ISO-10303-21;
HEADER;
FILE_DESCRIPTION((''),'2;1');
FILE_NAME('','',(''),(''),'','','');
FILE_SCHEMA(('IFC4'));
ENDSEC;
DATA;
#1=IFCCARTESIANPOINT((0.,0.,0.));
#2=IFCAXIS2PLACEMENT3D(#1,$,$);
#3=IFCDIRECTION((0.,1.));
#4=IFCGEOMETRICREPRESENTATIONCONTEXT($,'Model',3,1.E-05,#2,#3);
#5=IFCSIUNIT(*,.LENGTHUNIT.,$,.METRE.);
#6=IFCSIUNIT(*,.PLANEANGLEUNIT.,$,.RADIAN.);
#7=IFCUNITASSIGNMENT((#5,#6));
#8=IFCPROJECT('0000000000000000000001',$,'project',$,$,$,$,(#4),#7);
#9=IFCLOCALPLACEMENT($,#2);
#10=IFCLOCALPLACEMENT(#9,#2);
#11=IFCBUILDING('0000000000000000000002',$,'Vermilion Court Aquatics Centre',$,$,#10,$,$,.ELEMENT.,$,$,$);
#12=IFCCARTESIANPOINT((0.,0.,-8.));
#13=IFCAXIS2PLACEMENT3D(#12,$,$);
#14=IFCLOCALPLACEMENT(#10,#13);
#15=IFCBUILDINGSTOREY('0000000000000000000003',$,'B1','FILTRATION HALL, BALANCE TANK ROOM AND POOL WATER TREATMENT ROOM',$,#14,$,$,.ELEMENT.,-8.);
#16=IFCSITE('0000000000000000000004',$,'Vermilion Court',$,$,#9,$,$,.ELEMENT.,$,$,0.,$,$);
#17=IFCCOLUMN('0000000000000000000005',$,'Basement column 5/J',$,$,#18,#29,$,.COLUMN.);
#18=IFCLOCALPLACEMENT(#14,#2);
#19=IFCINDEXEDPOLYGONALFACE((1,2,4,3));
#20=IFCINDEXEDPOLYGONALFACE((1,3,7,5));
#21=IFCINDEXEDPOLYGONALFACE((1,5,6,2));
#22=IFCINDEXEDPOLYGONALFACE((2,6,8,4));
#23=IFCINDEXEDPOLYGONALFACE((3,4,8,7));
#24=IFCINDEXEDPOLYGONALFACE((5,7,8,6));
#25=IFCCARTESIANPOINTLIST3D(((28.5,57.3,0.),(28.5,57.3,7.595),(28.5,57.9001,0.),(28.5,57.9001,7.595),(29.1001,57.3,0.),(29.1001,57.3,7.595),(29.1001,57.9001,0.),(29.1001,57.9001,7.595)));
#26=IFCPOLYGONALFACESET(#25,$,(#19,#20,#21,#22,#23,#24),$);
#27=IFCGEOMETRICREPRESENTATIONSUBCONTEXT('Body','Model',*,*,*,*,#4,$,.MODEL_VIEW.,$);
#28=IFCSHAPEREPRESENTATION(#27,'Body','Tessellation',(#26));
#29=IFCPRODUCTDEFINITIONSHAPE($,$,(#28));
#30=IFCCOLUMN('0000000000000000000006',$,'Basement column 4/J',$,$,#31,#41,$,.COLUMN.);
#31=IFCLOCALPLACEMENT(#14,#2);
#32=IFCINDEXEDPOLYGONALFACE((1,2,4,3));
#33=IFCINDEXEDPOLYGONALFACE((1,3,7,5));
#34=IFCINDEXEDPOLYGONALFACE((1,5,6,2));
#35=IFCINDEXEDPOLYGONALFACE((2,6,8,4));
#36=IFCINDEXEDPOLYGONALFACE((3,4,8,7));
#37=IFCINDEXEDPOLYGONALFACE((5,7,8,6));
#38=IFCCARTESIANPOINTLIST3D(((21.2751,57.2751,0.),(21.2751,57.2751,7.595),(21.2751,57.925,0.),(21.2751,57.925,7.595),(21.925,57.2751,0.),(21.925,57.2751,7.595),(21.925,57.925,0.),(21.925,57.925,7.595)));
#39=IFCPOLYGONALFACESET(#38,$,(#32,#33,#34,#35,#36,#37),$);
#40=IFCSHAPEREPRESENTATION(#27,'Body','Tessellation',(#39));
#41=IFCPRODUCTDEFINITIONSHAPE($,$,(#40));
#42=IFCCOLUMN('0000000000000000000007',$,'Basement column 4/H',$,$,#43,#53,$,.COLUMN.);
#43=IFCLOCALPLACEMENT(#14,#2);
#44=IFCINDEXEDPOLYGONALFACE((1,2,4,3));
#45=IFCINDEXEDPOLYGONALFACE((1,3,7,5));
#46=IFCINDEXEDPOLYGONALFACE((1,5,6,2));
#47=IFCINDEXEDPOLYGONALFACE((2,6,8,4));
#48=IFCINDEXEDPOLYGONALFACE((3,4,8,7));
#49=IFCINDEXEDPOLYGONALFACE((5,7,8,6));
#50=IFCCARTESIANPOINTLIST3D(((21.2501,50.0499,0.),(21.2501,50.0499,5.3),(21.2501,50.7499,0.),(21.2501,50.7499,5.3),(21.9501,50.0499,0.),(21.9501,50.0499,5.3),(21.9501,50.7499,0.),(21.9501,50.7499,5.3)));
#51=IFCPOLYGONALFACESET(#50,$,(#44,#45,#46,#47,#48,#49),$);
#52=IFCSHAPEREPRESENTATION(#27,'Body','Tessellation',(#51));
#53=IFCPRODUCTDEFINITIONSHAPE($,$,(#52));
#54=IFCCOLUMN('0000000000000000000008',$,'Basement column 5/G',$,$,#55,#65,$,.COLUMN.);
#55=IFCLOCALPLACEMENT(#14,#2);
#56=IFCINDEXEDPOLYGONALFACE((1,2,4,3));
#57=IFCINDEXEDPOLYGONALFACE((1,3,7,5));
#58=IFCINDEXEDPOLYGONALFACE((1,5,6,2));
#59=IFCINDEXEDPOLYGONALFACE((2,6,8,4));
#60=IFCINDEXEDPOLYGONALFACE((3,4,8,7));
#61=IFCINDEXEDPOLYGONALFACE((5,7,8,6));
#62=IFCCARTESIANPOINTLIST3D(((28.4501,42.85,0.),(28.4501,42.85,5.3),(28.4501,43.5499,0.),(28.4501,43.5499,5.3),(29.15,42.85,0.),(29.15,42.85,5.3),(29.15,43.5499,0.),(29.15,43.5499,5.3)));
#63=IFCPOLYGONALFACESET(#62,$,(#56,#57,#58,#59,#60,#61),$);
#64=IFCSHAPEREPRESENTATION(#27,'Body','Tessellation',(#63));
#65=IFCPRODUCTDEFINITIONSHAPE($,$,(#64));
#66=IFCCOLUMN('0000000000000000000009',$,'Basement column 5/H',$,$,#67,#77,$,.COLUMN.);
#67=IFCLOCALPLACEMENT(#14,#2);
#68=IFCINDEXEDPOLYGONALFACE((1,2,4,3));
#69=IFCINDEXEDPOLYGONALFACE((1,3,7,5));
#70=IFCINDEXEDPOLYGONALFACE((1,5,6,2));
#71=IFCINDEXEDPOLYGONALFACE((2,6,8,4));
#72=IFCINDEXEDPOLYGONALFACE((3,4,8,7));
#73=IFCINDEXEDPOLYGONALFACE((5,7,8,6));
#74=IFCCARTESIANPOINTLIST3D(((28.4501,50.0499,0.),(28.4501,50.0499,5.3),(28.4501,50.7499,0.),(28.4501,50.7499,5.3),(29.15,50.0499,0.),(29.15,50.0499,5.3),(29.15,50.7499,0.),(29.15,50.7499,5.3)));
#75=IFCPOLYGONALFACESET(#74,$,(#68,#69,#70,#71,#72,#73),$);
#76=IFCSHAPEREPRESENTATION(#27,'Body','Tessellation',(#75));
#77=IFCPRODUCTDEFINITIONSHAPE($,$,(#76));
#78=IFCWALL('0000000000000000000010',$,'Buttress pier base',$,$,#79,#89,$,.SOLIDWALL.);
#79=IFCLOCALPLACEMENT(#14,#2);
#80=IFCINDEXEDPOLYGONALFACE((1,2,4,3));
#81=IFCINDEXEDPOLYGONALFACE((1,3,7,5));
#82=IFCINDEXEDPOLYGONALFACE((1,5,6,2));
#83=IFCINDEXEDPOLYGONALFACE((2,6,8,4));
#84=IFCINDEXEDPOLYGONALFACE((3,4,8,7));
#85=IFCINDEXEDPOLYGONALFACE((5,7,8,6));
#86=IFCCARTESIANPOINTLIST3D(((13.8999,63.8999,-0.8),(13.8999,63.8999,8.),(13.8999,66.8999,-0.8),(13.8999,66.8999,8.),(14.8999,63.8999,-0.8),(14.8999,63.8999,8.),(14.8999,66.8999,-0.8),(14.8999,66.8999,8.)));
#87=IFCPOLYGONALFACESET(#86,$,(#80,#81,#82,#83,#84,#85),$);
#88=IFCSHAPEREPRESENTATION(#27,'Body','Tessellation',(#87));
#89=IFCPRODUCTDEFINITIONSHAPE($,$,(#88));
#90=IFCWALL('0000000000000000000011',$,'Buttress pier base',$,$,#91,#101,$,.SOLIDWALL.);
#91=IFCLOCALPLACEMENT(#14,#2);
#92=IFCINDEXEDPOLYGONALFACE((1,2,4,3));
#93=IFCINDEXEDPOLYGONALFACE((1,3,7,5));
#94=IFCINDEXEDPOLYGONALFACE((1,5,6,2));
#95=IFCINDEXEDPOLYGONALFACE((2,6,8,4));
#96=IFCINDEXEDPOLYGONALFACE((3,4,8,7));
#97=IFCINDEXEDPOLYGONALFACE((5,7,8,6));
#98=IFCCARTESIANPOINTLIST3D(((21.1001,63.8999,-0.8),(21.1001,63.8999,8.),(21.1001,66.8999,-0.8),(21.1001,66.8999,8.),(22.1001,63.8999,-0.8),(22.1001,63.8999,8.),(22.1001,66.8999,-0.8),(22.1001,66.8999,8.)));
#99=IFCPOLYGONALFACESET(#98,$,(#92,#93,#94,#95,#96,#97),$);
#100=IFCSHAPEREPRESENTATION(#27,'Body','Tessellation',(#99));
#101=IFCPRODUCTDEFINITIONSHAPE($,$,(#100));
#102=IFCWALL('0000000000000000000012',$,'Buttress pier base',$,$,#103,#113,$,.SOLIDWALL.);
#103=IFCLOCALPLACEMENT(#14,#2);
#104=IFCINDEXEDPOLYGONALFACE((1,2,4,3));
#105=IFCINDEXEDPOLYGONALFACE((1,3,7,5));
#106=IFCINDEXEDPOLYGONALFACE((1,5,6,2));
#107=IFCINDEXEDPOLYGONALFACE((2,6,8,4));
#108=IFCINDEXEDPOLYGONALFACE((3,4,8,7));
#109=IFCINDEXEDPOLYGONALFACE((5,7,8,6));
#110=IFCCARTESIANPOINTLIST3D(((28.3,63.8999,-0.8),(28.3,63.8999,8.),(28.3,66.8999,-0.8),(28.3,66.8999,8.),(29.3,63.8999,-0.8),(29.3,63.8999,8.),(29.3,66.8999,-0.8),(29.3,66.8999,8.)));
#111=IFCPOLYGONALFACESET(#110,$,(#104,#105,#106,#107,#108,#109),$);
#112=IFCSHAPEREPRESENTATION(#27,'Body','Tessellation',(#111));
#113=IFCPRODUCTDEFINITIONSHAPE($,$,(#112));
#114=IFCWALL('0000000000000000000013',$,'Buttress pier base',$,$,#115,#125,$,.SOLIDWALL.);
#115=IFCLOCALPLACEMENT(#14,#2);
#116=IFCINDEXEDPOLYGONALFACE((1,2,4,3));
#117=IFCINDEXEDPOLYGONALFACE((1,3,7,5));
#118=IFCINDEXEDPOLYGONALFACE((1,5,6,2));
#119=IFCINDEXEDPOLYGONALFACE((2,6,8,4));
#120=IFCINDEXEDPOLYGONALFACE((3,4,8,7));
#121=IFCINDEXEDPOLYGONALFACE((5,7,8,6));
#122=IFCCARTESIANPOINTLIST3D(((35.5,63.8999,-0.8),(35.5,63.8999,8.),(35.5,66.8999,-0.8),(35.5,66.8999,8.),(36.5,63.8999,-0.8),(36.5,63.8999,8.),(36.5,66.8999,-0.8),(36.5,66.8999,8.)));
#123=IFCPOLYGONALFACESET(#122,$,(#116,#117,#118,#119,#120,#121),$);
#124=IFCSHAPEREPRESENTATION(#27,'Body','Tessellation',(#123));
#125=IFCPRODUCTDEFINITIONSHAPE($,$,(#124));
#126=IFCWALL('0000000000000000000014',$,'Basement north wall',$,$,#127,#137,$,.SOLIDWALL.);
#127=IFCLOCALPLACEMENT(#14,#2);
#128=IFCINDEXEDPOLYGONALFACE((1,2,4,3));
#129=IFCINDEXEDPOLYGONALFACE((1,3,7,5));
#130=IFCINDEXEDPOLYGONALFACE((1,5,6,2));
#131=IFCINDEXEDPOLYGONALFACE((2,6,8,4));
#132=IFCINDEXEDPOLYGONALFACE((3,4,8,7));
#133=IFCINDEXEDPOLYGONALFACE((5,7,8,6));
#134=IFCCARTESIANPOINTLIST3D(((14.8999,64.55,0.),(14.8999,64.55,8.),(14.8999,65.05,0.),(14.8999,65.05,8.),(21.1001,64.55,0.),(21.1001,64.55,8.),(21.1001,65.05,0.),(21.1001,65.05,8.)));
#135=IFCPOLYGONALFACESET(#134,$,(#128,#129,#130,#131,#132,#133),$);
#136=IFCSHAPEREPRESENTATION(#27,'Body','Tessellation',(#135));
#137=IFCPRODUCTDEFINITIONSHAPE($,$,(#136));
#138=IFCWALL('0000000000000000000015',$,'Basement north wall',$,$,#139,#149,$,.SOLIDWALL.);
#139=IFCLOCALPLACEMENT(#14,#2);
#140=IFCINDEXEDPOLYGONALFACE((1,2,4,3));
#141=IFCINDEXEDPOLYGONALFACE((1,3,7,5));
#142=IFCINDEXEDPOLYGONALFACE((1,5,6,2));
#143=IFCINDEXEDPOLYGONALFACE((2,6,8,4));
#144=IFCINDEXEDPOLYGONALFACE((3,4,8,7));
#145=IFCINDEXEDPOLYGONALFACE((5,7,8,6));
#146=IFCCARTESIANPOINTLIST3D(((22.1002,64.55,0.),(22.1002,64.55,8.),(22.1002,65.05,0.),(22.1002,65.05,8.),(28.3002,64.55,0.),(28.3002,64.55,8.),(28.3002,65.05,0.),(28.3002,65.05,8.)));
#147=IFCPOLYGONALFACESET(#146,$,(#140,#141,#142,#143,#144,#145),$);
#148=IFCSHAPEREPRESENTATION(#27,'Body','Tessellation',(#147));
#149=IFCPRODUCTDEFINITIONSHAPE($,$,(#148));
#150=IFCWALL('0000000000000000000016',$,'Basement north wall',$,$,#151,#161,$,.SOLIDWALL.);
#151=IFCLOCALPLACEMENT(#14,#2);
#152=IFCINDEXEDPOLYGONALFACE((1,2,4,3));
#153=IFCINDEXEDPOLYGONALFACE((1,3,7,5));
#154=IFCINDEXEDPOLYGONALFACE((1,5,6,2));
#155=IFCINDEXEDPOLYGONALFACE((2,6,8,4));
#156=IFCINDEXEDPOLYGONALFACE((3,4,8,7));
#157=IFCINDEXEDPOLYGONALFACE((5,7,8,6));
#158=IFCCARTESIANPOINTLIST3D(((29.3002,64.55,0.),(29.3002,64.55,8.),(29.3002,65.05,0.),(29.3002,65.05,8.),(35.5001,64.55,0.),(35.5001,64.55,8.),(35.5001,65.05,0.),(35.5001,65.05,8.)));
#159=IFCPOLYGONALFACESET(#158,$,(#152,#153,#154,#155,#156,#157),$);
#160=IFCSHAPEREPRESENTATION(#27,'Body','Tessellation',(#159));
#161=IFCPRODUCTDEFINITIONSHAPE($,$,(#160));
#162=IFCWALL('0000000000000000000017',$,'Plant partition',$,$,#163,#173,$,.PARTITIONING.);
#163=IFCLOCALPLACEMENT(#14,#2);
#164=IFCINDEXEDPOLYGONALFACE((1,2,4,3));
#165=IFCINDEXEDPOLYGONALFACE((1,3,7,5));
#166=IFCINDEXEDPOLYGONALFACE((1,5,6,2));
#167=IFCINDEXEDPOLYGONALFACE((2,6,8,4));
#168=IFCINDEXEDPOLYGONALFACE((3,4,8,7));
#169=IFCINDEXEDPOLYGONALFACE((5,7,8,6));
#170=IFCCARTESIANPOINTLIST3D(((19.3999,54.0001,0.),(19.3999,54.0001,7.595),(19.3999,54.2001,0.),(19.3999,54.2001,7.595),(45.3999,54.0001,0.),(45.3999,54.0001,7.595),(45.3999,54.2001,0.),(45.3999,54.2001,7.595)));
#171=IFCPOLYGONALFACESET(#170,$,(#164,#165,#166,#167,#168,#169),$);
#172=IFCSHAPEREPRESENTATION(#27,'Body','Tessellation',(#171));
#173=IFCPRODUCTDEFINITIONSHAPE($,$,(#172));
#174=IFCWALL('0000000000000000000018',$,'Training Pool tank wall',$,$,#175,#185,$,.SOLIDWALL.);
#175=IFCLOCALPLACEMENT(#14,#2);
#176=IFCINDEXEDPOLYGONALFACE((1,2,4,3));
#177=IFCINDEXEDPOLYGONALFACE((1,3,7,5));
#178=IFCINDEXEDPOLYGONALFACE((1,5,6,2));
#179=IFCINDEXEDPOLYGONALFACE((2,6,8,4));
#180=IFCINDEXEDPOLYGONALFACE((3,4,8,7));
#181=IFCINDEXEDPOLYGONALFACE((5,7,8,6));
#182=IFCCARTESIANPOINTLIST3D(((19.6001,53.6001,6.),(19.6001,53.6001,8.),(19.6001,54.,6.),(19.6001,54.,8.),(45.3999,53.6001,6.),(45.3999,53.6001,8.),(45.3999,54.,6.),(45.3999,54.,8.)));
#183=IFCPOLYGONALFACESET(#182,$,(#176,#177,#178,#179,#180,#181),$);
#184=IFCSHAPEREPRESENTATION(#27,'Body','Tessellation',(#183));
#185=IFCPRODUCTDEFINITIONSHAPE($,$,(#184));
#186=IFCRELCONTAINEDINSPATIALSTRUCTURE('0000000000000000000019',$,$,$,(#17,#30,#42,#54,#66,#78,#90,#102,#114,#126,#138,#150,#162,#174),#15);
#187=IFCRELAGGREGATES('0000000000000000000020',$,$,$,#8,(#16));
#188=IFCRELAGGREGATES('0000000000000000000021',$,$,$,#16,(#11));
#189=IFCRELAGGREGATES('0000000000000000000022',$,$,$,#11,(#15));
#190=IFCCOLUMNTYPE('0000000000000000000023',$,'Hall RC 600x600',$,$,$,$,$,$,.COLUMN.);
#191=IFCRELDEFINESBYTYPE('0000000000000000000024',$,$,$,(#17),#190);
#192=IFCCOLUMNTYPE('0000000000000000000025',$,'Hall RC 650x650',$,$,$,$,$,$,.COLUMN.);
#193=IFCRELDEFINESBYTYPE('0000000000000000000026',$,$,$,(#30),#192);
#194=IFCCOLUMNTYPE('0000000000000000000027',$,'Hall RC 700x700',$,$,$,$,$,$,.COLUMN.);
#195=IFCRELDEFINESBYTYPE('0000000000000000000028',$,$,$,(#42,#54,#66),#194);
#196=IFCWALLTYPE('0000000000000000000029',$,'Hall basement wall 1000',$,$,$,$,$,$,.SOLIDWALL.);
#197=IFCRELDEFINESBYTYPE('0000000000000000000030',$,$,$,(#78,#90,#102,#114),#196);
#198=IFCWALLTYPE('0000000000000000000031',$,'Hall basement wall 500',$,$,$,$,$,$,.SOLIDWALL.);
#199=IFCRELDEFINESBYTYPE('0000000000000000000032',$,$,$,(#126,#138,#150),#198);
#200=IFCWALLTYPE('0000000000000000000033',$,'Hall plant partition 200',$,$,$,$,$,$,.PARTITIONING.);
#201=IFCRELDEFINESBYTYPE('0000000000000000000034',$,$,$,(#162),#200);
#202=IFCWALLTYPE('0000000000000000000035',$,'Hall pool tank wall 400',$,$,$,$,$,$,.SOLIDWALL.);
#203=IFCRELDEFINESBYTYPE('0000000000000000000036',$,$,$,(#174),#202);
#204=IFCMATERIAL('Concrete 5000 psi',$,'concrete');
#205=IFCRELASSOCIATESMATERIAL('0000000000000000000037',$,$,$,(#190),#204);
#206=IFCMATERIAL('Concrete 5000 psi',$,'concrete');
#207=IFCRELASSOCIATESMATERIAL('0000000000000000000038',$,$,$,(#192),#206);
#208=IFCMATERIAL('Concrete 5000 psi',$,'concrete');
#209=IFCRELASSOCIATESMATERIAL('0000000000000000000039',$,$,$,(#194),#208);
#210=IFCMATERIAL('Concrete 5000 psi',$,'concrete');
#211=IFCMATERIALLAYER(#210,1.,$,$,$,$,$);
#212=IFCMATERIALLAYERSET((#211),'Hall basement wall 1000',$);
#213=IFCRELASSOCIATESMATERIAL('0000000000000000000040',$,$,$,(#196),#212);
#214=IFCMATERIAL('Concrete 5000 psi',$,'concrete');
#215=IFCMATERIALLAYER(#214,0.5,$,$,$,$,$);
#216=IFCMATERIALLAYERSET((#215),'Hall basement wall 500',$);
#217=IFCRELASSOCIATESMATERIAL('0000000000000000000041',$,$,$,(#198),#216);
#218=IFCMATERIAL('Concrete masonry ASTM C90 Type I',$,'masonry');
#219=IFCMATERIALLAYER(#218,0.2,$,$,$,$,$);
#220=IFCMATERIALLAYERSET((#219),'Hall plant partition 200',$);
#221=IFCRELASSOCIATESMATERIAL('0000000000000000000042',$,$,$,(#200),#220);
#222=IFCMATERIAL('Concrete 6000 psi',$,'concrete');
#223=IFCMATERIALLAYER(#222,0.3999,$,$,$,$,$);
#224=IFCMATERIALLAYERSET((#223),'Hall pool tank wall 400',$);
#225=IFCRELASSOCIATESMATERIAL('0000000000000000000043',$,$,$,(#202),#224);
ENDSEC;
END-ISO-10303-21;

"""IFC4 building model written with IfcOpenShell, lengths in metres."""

from ifc_helpers import new_model, si_unit, direction, frame, frame_2d, origin, origin_2d, place, context, subcontext, project, spatial, rectangle, extrude, material, layer, layer_set, material_profile, profile_set, type_object, element, save


model = new_model("IFC4")

# Units and contexts
model_context = context("Model", 3, precision=1e-05, world=origin(), true_north=direction((0.0, 1.0)))
body_context = subcontext(model_context, "Body", "Model", "MODEL_VIEW")
ifc_project = project(units=[si_unit("LENGTHUNIT", "METRE"), si_unit("PLANEANGLEUNIT", "RADIAN")], contexts=[model_context])

# Site, building, storey
site_placement = place(None, origin())
site = spatial("IfcSite", under=ifc_project, at=site_placement, Name="Vermilion Court", CompositionType="ELEMENT", RefElevation=0.0)
building_placement = place(site_placement, origin())
building = spatial("IfcBuilding", under=site, at=building_placement, Name="Vermilion Court Aquatics Centre", CompositionType="ELEMENT")
storey_placement = place(building_placement, frame((0.0, 0.0, -8.0)))
storey = spatial("IfcBuildingStorey", under=building, at=storey_placement, Name="B1", Description="FILTRATION HALL, BALANCE TANK ROOM AND POOL WATER TREATMENT ROOM", CompositionType="ELEMENT", Elevation=-8.0)

# Columns
ifc_material_1 = material(Name="Concrete 5000 psi", Category="concrete")
ifc_material_profile_1 = material_profile(ifc_material_1, rectangle(XDim=0.6001, YDim=0.6001, at=origin_2d()), Name="RC 600x600")
ifc_profile_set_1 = profile_set([ifc_material_profile_1], Name="Concrete 5000 psi")
column_type_1 = type_object("IfcColumnType", Name="Hall RC 600x600", PredefinedType="COLUMN", material=ifc_profile_set_1)
column_1_placement = place(storey_placement, frame((28.8, 57.6001, 0.0), z_axis=(0.0, 0.0, 1.0), x_axis=(1.0, 0.0, 0.0)))
element("IfcColumn", 1, at=column_1_placement, inside=storey, type_object=column_type_1, Name="Basement column 5/J", PredefinedType="COLUMN", context=body_context, shape_type="SweptSolid", body=[
    extrude(rectangle(XDim=0.6001, YDim=0.6001, at=origin_2d()), origin(), (0.0, 0.0, 1.0), 7.595),
])
ifc_material_2 = material(Name="Concrete 5000 psi", Category="concrete")
ifc_material_profile_2 = material_profile(ifc_material_2, rectangle(XDim=0.6499, YDim=0.6499, at=origin_2d()), Name="RC 650x650")
ifc_profile_set_2 = profile_set([ifc_material_profile_2], Name="Concrete 5000 psi")
column_type_2 = type_object("IfcColumnType", Name="Hall RC 650x650", PredefinedType="COLUMN", material=ifc_profile_set_2)
column_2_placement = place(storey_placement, frame((21.6001, 57.6001, 0.0), z_axis=(0.0, 0.0, 1.0), x_axis=(1.0, 0.0, 0.0)))
element("IfcColumn", 2, at=column_2_placement, inside=storey, type_object=column_type_2, Name="Basement column 4/J", PredefinedType="COLUMN", context=body_context, shape_type="SweptSolid", body=[
    extrude(rectangle(XDim=0.6499, YDim=0.6499, at=origin_2d()), origin(), (0.0, 0.0, 1.0), 7.595),
])
ifc_material_3 = material(Name="Concrete 5000 psi", Category="concrete")
ifc_material_profile_3 = material_profile(ifc_material_3, rectangle(XDim=0.7, YDim=0.7, at=origin_2d()), Name="RC 700x700")
ifc_profile_set_3 = profile_set([ifc_material_profile_3], Name="Concrete 5000 psi")
column_type_3 = type_object("IfcColumnType", Name="Hall RC 700x700", PredefinedType="COLUMN", material=ifc_profile_set_3)
for number, where, z_axis, x_axis, name in (
    (3, (21.6001, 50.3999, 0.0), (0.0, 0.0, 1.0), (1.0, 0.0, 0.0), "Basement column 4/H"),
    (4, (28.8, 43.2, 0.0), (0.0, 0.0, 1.0), (1.0, 0.0, 0.0), "Basement column 5/G"),
    (5, (28.8, 50.3999, 0.0), (0.0, 0.0, 1.0), (1.0, 0.0, 0.0), "Basement column 5/H"),
):
    element("IfcColumn", number, at=place(storey_placement, frame(where, z_axis=z_axis, x_axis=x_axis)), inside=storey, type_object=column_type_3, Name=name, PredefinedType="COLUMN", context=body_context, shape_type="SweptSolid", body=[
        extrude(rectangle(XDim=0.7, YDim=0.7, at=origin_2d()), origin(), (0.0, 0.0, 1.0), 5.3),
    ])

# Walls
ifc_material_4 = material(Name="Concrete 5000 psi", Category="concrete")
ifc_layer_1 = layer(ifc_material_4, 1.0)
ifc_layer_set_1 = layer_set([ifc_layer_1], Name="Hall basement wall 1000")
wall_type_1 = type_object("IfcWallType", Name="Hall basement wall 1000", PredefinedType="SOLIDWALL", material=ifc_layer_set_1)
for number, where, z_axis, x_axis, name in (
    (6, (14.3999, 63.8999, -0.8), (0.0, 0.0, 1.0), (0.0, 1.0, 0.0), "Buttress pier base"),
    (7, (21.6001, 63.8999, -0.8), (0.0, 0.0, 1.0), (0.0, 1.0, 0.0), "Buttress pier base"),
    (8, (28.8, 63.8999, -0.8), (0.0, 0.0, 1.0), (0.0, 1.0, 0.0), "Buttress pier base"),
    (9, (36.0, 63.8999, -0.8), (0.0, 0.0, 1.0), (0.0, 1.0, 0.0), "Buttress pier base"),
):
    element("IfcWall", number, at=place(storey_placement, frame(where, z_axis=z_axis, x_axis=x_axis)), inside=storey, type_object=wall_type_1, Name=name, PredefinedType="SOLIDWALL", context=body_context, shape_type="SweptSolid", body=[
        extrude(rectangle(XDim=3.0, YDim=1.0, at=frame_2d((1.5, 0.0))), origin(), (0.0, 0.0, 1.0), 8.8),
    ])
ifc_material_5 = material(Name="Concrete 5000 psi", Category="concrete")
ifc_layer_2 = layer(ifc_material_5, 0.5)
ifc_layer_set_2 = layer_set([ifc_layer_2], Name="Hall basement wall 500")
wall_type_2 = type_object("IfcWallType", Name="Hall basement wall 500", PredefinedType="SOLIDWALL", material=ifc_layer_set_2)
wall_1_placement = place(storey_placement, frame((14.8999, 64.8, 0.0), z_axis=(0.0, 0.0, 1.0), x_axis=(1.0, 0.0, 0.0)))
element("IfcWall", 10, at=wall_1_placement, inside=storey, type_object=wall_type_2, Name="Basement north wall", PredefinedType="SOLIDWALL", context=body_context, shape_type="SweptSolid", body=[
    extrude(rectangle(XDim=6.2002, YDim=0.5, at=frame_2d((3.1001, 0.0))), origin(), (0.0, 0.0, 1.0), 8.0),
])
for number, where, z_axis, x_axis, name in (
    (11, (22.1001, 64.8, 0.0), (0.0, 0.0, 1.0), (1.0, 0.0, 0.0), "Basement north wall"),
    (12, (29.3, 64.8, 0.0), (0.0, 0.0, 1.0), (1.0, 0.0, 0.0), "Basement north wall"),
):
    element("IfcWall", number, at=place(storey_placement, frame(where, z_axis=z_axis, x_axis=x_axis)), inside=storey, type_object=wall_type_2, Name=name, PredefinedType="SOLIDWALL", context=body_context, shape_type="SweptSolid", body=[
        extrude(rectangle(XDim=6.2, YDim=0.5, at=frame_2d((3.1001, 0.0))), origin(), (0.0, 0.0, 1.0), 8.0),
    ])
ifc_material_6 = material(Name="Concrete masonry ASTM C90 Type I", Category="masonry")
ifc_layer_3 = layer(ifc_material_6, 0.2)
ifc_layer_set_3 = layer_set([ifc_layer_3], Name="Hall plant partition 200")
wall_type_3 = type_object("IfcWallType", Name="Hall plant partition 200", PredefinedType="PARTITIONING", material=ifc_layer_set_3)
wall_2_placement = place(storey_placement, frame((19.3999, 54.1001, 0.0), z_axis=(0.0, 0.0, 1.0), x_axis=(1.0, 0.0, 0.0)))
element("IfcWall", 13, at=wall_2_placement, inside=storey, type_object=wall_type_3, Name="Plant partition", PredefinedType="PARTITIONING", context=body_context, shape_type="SweptSolid", body=[
    extrude(rectangle(XDim=26.0, YDim=0.2, at=frame_2d((13.0, 0.0))), origin(), (0.0, 0.0, 1.0), 7.595),
])
ifc_material_7 = material(Name="Concrete 6000 psi", Category="concrete")
ifc_layer_4 = layer(ifc_material_7, 0.3999)
ifc_layer_set_4 = layer_set([ifc_layer_4], Name="Hall pool tank wall 400")
wall_type_4 = type_object("IfcWallType", Name="Hall pool tank wall 400", PredefinedType="SOLIDWALL", material=ifc_layer_set_4)
wall_3_placement = place(storey_placement, frame((19.6001, 53.8, 6.0), z_axis=(0.0, 0.0, 1.0), x_axis=(1.0, 0.0, 0.0)))
element("IfcWall", 14, at=wall_3_placement, inside=storey, type_object=wall_type_4, Name="Training Pool tank wall", PredefinedType="SOLIDWALL", context=body_context, shape_type="SweptSolid", body=[
    extrude(rectangle(XDim=25.7998, YDim=0.3999, at=frame_2d((12.8999, 0.0))), origin(), (0.0, 0.0, 1.0), 2.0),
])

save(model, "model.ifc")
